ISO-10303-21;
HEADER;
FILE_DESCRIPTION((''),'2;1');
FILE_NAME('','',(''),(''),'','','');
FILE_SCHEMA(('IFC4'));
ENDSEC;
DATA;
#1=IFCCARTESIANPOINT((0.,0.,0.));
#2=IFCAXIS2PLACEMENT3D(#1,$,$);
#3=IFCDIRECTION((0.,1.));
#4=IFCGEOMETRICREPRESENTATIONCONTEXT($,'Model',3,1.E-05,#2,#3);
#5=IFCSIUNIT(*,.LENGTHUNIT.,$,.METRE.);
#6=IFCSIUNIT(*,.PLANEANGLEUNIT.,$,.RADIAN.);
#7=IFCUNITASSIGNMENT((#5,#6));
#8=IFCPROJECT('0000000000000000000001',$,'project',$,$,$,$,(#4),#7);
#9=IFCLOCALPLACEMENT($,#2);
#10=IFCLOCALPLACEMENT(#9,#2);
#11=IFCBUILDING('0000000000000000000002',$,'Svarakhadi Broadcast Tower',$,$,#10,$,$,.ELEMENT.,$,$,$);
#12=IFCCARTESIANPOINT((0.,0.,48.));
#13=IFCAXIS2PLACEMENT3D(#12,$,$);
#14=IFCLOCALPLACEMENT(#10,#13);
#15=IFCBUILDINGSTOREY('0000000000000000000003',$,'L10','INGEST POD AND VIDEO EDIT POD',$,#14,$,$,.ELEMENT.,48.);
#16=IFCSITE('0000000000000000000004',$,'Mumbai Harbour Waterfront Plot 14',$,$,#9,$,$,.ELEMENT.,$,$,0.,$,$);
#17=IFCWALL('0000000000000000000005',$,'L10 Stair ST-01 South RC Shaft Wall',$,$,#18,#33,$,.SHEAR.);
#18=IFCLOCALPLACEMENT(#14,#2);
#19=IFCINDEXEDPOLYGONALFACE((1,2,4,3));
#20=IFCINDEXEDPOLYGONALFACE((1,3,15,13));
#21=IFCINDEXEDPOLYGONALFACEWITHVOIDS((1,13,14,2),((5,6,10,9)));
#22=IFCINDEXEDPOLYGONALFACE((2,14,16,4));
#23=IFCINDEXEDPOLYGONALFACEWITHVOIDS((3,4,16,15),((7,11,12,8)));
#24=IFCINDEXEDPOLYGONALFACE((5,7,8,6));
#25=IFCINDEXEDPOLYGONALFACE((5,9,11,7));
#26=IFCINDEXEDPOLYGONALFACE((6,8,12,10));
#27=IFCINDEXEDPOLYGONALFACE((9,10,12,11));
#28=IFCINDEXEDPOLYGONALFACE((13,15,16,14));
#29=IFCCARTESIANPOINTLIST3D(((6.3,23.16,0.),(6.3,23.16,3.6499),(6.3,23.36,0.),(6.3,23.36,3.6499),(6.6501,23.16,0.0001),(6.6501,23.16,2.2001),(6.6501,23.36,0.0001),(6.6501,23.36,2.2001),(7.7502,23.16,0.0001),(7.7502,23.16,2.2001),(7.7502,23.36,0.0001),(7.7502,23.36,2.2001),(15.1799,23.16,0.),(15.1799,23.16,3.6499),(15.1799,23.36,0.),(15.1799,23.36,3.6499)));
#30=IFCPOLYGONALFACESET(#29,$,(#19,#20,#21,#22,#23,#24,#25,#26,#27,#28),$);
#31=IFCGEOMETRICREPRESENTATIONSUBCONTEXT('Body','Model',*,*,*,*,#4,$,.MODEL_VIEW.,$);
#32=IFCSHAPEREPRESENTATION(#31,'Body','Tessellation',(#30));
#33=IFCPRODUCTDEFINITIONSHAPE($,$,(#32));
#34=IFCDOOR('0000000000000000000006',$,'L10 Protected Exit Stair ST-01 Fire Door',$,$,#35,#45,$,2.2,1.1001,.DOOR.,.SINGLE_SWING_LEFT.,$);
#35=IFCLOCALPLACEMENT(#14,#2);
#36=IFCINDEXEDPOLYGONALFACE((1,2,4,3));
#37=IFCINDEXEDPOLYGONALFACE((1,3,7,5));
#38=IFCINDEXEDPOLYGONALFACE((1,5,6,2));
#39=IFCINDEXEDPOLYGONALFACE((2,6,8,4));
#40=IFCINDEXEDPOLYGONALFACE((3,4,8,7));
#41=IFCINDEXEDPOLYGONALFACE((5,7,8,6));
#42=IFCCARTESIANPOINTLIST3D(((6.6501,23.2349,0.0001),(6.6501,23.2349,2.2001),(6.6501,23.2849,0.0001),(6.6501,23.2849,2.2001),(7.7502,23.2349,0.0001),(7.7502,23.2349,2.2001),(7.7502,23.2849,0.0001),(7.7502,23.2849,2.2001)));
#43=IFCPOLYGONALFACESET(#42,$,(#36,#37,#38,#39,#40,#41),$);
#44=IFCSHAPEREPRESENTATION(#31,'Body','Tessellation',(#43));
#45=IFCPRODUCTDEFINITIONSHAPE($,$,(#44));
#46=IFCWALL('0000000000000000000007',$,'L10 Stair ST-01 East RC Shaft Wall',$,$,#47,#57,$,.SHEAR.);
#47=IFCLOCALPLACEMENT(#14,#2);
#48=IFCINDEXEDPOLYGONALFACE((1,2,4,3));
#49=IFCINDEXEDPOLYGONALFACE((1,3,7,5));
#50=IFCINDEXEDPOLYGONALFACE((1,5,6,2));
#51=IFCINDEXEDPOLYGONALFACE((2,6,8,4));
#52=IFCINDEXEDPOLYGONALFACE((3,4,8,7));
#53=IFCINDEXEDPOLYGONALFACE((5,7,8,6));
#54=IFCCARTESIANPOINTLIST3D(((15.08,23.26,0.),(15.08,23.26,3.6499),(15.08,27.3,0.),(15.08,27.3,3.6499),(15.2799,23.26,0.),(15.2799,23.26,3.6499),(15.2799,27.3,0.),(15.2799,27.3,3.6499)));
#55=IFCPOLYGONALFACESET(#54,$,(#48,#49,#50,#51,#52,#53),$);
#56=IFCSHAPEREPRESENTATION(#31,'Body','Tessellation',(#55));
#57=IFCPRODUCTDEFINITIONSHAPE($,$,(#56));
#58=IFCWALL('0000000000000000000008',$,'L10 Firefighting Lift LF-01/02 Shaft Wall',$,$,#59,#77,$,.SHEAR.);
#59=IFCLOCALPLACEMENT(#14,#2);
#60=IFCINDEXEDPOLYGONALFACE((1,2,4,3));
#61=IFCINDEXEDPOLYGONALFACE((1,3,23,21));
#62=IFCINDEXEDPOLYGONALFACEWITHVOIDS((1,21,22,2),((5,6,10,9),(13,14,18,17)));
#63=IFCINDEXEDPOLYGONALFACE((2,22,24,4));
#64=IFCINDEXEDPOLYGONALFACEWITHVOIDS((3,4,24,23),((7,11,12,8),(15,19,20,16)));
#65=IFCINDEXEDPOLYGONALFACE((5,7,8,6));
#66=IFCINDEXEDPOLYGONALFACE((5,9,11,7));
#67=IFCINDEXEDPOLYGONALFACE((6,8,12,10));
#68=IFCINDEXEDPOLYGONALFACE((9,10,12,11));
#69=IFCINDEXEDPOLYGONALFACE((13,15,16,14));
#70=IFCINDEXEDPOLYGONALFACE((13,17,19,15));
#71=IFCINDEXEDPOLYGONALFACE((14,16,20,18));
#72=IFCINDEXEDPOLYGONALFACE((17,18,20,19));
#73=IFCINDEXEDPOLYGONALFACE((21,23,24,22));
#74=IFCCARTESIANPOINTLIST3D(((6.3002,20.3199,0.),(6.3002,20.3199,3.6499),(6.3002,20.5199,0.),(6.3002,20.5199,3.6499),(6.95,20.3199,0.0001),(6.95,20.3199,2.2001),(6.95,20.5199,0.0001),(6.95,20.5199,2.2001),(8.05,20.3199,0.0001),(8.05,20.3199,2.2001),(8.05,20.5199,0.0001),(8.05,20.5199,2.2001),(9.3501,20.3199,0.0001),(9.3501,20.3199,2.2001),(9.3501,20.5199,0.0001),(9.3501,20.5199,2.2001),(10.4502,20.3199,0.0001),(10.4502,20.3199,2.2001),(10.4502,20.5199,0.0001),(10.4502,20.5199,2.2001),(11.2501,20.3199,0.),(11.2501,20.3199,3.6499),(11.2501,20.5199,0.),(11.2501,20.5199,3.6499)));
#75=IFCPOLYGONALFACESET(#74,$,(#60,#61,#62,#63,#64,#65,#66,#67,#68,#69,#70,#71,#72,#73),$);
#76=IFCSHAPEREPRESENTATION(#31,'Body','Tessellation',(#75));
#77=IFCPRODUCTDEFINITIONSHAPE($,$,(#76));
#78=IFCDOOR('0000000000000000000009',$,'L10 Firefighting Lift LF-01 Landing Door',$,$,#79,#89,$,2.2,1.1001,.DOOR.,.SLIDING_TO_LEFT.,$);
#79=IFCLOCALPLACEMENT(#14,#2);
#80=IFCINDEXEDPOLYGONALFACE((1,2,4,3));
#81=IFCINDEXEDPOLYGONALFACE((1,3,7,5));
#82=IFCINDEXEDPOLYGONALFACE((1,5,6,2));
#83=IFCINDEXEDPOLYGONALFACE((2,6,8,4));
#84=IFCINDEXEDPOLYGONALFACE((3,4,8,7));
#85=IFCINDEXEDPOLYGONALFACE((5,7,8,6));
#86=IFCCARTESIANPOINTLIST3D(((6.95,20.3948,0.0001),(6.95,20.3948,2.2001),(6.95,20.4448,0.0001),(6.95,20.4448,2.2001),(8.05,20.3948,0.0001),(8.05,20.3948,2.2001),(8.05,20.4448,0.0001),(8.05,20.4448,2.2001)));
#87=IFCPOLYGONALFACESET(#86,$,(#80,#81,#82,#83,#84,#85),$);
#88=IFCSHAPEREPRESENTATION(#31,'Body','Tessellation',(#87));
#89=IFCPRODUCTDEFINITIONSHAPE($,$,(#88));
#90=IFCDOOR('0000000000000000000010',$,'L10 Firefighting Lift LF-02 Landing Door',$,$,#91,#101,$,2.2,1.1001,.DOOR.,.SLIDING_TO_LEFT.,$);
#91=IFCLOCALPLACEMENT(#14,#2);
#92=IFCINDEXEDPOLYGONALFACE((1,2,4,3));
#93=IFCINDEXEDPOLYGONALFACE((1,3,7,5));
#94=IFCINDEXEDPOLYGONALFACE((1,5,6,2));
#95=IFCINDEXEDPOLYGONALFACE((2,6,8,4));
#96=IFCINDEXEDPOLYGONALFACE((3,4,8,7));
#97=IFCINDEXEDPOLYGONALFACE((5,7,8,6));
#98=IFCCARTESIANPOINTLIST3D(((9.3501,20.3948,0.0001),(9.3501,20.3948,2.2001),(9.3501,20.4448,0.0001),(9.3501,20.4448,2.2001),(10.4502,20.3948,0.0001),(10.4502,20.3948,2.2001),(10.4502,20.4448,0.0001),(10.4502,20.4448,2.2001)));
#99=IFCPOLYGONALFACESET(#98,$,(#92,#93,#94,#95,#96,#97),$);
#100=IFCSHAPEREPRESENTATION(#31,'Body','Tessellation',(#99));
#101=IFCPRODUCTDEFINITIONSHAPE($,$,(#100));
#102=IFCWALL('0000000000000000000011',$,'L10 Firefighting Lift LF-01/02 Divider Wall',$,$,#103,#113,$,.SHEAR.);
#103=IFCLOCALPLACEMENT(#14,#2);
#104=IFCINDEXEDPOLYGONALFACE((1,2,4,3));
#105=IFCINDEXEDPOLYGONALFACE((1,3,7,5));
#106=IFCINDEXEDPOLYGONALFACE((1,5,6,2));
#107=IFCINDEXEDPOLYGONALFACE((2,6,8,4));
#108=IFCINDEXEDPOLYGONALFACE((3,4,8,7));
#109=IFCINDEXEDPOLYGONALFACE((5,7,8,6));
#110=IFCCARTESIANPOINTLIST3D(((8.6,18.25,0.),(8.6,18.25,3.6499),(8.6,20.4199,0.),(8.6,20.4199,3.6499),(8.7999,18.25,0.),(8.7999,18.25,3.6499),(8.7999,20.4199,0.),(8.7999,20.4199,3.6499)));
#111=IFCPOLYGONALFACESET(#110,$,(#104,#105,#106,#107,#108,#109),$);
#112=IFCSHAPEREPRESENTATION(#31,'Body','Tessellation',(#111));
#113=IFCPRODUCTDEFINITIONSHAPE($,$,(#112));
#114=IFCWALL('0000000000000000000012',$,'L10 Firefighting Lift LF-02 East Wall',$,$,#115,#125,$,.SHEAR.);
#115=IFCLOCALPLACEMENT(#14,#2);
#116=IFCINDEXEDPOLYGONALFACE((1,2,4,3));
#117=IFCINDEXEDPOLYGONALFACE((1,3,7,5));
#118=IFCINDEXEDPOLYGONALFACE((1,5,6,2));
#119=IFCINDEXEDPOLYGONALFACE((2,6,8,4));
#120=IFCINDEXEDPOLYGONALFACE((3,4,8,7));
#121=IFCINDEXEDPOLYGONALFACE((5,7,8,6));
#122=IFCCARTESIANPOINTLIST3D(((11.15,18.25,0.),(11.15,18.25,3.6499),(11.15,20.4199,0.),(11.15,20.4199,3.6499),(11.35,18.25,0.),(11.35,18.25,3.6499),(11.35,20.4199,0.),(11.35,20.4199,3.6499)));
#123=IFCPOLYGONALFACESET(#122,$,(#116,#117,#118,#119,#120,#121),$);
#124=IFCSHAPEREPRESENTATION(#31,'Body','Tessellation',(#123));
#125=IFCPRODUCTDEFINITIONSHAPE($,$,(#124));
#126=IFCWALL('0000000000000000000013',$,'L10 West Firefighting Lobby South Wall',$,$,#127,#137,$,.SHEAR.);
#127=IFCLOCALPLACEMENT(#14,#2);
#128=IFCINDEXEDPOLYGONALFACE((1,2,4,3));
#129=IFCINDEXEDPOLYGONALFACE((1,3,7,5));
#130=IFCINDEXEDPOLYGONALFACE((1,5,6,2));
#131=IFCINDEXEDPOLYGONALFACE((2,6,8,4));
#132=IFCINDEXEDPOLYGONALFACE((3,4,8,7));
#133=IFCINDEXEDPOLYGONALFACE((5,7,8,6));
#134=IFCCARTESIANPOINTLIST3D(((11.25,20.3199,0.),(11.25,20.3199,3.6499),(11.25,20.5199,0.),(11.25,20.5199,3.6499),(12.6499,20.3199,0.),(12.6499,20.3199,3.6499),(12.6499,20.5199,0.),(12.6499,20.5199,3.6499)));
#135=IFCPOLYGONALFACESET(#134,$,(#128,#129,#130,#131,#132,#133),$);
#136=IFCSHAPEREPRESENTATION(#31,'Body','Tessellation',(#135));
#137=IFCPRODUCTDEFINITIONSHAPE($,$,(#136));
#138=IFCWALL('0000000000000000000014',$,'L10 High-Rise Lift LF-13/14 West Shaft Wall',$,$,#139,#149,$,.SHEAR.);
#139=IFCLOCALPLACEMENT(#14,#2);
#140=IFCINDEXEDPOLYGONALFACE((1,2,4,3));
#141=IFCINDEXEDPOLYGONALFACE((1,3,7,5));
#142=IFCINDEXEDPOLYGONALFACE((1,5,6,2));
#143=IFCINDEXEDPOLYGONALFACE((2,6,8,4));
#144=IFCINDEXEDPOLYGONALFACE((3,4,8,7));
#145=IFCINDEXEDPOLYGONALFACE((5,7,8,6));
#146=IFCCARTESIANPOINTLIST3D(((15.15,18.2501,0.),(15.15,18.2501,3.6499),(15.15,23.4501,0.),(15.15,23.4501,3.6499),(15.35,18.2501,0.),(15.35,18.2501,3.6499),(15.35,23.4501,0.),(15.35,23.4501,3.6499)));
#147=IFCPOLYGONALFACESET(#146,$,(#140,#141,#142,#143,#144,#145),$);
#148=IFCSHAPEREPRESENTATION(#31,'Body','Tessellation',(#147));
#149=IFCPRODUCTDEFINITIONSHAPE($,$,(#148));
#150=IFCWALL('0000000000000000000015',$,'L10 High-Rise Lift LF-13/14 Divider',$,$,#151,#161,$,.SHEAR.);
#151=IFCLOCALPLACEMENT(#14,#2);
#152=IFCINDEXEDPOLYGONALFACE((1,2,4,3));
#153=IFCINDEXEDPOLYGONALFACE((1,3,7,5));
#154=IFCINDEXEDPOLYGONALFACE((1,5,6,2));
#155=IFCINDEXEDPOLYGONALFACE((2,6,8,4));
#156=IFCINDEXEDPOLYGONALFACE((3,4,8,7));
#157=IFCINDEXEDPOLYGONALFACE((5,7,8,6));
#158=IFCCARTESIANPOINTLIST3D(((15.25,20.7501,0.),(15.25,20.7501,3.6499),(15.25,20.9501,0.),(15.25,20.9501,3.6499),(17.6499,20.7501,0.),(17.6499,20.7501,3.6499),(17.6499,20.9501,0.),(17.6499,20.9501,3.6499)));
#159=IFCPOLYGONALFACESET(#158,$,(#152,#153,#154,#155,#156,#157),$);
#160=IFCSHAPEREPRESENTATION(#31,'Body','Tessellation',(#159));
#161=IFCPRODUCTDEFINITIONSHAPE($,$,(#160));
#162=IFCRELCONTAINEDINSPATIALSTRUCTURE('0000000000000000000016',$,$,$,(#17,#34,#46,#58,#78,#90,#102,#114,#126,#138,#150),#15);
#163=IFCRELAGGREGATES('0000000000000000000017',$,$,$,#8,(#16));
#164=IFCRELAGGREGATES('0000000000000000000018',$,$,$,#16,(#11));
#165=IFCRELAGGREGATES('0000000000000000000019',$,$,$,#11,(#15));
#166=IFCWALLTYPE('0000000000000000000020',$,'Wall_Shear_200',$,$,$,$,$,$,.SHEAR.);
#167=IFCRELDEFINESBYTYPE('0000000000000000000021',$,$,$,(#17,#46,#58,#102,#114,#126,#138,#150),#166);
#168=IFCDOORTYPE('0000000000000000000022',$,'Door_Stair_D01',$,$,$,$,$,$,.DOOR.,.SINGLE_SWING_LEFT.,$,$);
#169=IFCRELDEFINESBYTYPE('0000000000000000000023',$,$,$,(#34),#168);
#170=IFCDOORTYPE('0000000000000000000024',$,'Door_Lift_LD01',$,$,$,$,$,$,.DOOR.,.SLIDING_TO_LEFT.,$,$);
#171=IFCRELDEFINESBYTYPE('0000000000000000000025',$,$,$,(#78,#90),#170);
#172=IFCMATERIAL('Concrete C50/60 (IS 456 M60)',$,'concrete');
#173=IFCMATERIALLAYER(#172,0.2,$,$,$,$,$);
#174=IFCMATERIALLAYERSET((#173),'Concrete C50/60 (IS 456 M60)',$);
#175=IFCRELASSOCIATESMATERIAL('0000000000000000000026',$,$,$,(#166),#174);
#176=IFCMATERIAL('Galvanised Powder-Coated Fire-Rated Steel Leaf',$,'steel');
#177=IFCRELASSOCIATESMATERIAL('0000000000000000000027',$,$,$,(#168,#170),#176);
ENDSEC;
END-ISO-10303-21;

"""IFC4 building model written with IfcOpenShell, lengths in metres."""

from ifc_helpers import new_model, si_unit, direction, frame, frame_2d, origin, place, context, subcontext, project, spatial, rectangle, extrude, material, layer, layer_set, type_object, element, fill, save


model = new_model("IFC4")

# Units and contexts
model_context = context("Model", 3, precision=1e-05, world=origin(), true_north=direction((0.0, 1.0)))
body_context = subcontext(model_context, "Body", "Model", "MODEL_VIEW")
ifc_project = project(units=[si_unit("LENGTHUNIT", "METRE"), si_unit("PLANEANGLEUNIT", "RADIAN")], contexts=[model_context])

# Site, building, storey
site_placement = place(None, origin())
site = spatial("IfcSite", under=ifc_project, at=site_placement, Name="Mumbai Harbour Waterfront Plot 14", CompositionType="ELEMENT", RefElevation=0.0)
building_placement = place(site_placement, origin())
building = spatial("IfcBuilding", under=site, at=building_placement, Name="Svarakhadi Broadcast Tower", CompositionType="ELEMENT")
storey_placement = place(building_placement, frame((0.0, 0.0, 48.0)))
storey = spatial("IfcBuildingStorey", under=building, at=storey_placement, Name="L10", Description="INGEST POD AND VIDEO EDIT POD", CompositionType="ELEMENT", Elevation=48.0)

# Shared definitions
ifc_material_1 = material(Name="Concrete C50/60 (IS 456 M60)", Category="concrete")

# Wall, opening, door
ifc_layer_1 = layer(ifc_material_1, 0.2)
ifc_layer_set_1 = layer_set([ifc_layer_1], Name="Concrete C50/60 (IS 456 M60)")
wall_type_1 = type_object("IfcWallType", Name="Wall_Shear_200", PredefinedType="SHEAR", material=ifc_layer_set_1)
wall_1_placement = place(storey_placement, frame((6.3, 23.26, 0.0), z_axis=(0.0, 0.0, 1.0), x_axis=(1.0, 0.0, 0.0)))
wall_1 = element("IfcWall", 1, at=wall_1_placement, inside=storey, type_object=wall_type_1, Name="L10 Stair ST-01 South RC Shaft Wall", PredefinedType="SHEAR", context=body_context, shape_type="SweptSolid", body=[
    extrude(rectangle(XDim=8.8799, YDim=0.2, at=frame_2d((4.4399, 0.0))), origin(), (0.0, 0.0, 1.0), 3.6499),
])
opening_1_placement = place(wall_1_placement, frame((0.3501, 0.0, 0.0)))
opening_1 = element("IfcOpeningElement", 2, at=opening_1_placement, cuts=wall_1, PredefinedType="OPENING", context=body_context, shape_type="SweptSolid", body=[
    extrude(rectangle(XDim=1.1001, YDim=2.2, at=frame_2d((0.55, 1.1001))), frame((0.0, 0.1099, 0.0), z_axis=(0.0, -1.0, 0.0), x_axis=(1.0, 0.0, 0.0)), (0.0, 0.0, 1.0), 0.22),
])
ifc_material_2 = material(Name="Galvanised Powder-Coated Fire-Rated Steel Leaf", Category="steel")
door_type_1 = type_object("IfcDoorType", Name="Door_Stair_D01", OperationType="SINGLE_SWING_LEFT", PredefinedType="DOOR", material=ifc_material_2)
door_1_placement = place(opening_1_placement, origin())
door_1 = element("IfcDoor", 3, at=door_1_placement, inside=storey, type_object=door_type_1, Name="L10 Protected Exit Stair ST-01 Fire Door", OperationType="SINGLE_SWING_LEFT", OverallHeight=2.2, OverallWidth=1.1001, PredefinedType="DOOR", context=body_context, shape_type="SweptSolid", body=[
    extrude(rectangle(XDim=1.1001, YDim=2.2, at=frame_2d((0.55, 1.1001))), frame((0.0, 0.0249, 0.0), z_axis=(0.0, -1.0, 0.0), x_axis=(1.0, 0.0, 0.0)), (0.0, 0.0, 1.0), 0.05),
])
fill(opening_1, door_1)

# Wall
wall_2_placement = place(storey_placement, frame((15.1799, 23.26, 0.0), z_axis=(0.0, 0.0, 1.0), x_axis=(0.0, 1.0, 0.0)))
element("IfcWall", 4, at=wall_2_placement, inside=storey, type_object=wall_type_1, Name="L10 Stair ST-01 East RC Shaft Wall", PredefinedType="SHEAR", context=body_context, shape_type="SweptSolid", body=[
    extrude(rectangle(XDim=4.04, YDim=0.2, at=frame_2d((2.02, 0.0))), origin(), (0.0, 0.0, 1.0), 3.6499),
])

# Wall, openings, doors
wall_3_placement = place(storey_placement, frame((6.3, 20.4199, 0.0), z_axis=(0.0, 0.0, 1.0), x_axis=(1.0, 0.0, 0.0)))
wall_3 = element("IfcWall", 5, at=wall_3_placement, inside=storey, type_object=wall_type_1, Name="L10 Firefighting Lift LF-01/02 Shaft Wall", PredefinedType="SHEAR", context=body_context, shape_type="SweptSolid", body=[
    extrude(rectangle(XDim=4.95, YDim=0.2, at=frame_2d((2.4751, 0.0))), origin(), (0.0, 0.0, 1.0), 3.6499),
])
opening_2_placement = place(wall_3_placement, frame((0.6499, 0.0, 0.0)))
opening_2 = element("IfcOpeningElement", 6, at=opening_2_placement, cuts=wall_3, PredefinedType="OPENING", context=body_context, shape_type="SweptSolid", body=[
    extrude(rectangle(XDim=1.1001, YDim=2.2, at=frame_2d((0.55, 1.1001))), frame((0.0, 0.1099, 0.0), z_axis=(0.0, -1.0, 0.0), x_axis=(1.0, 0.0, 0.0)), (0.0, 0.0, 1.0), 0.22),
])
opening_3_placement = place(wall_3_placement, frame((3.05, 0.0, 0.0)))
opening_3 = element("IfcOpeningElement", 7, at=opening_3_placement, cuts=wall_3, PredefinedType="OPENING", context=body_context, shape_type="SweptSolid", body=[
    extrude(rectangle(XDim=1.1001, YDim=2.2, at=frame_2d((0.55, 1.1001))), frame((0.0, 0.1099, 0.0), z_axis=(0.0, -1.0, 0.0), x_axis=(1.0, 0.0, 0.0)), (0.0, 0.0, 1.0), 0.22),
])
door_type_2 = type_object("IfcDoorType", Name="Door_Lift_LD01", OperationType="SLIDING_TO_LEFT", PredefinedType="DOOR", material=ifc_material_2)
door_2_placement = place(opening_2_placement, origin())
door_2 = element("IfcDoor", 8, at=door_2_placement, inside=storey, type_object=door_type_2, Name="L10 Firefighting Lift LF-01 Landing Door", OperationType="SLIDING_TO_LEFT", OverallHeight=2.2, OverallWidth=1.1001, PredefinedType="DOOR", context=body_context, shape_type="SweptSolid", body=[
    extrude(rectangle(XDim=1.1001, YDim=2.2, at=frame_2d((0.55, 1.1001))), frame((0.0, 0.0249, 0.0), z_axis=(0.0, -1.0, 0.0), x_axis=(1.0, 0.0, 0.0)), (0.0, 0.0, 1.0), 0.05),
])
fill(opening_2, door_2)
door_3_placement = place(opening_3_placement, origin())
door_3 = element("IfcDoor", 9, at=door_3_placement, inside=storey, type_object=door_type_2, Name="L10 Firefighting Lift LF-02 Landing Door", OperationType="SLIDING_TO_LEFT", OverallHeight=2.2, OverallWidth=1.1001, PredefinedType="DOOR", context=body_context, shape_type="SweptSolid", body=[
    extrude(rectangle(XDim=1.1001, YDim=2.2, at=frame_2d((0.55, 1.1001))), frame((0.0, 0.0249, 0.0), z_axis=(0.0, -1.0, 0.0), x_axis=(1.0, 0.0, 0.0)), (0.0, 0.0, 1.0), 0.05),
])
fill(opening_3, door_3)

# Walls
for number, where, z_axis, x_axis, name in (
    (10, (8.7, 18.25, 0.0), (0.0, 0.0, 1.0), (0.0, 1.0, 0.0), "L10 Firefighting Lift LF-01/02 Divider Wall"),
    (11, (11.25, 18.25, 0.0), (0.0, 0.0, 1.0), (0.0, 1.0, 0.0), "L10 Firefighting Lift LF-02 East Wall"),
):
    element("IfcWall", number, at=place(storey_placement, frame(where, z_axis=z_axis, x_axis=x_axis)), inside=storey, type_object=wall_type_1, Name=name, PredefinedType="SHEAR", context=body_context, shape_type="SweptSolid", body=[
        extrude(rectangle(XDim=2.1699, YDim=0.2, at=frame_2d((1.085, 0.0))), origin(), (0.0, 0.0, 1.0), 3.6499),
    ])
wall_4_placement = place(storey_placement, frame((11.25, 20.4199, 0.0), z_axis=(0.0, 0.0, 1.0), x_axis=(1.0, 0.0, 0.0)))
element("IfcWall", 12, at=wall_4_placement, inside=storey, type_object=wall_type_1, Name="L10 West Firefighting Lobby South Wall", PredefinedType="SHEAR", context=body_context, shape_type="SweptSolid", body=[
    extrude(rectangle(XDim=1.3999, YDim=0.2, at=frame_2d((0.7, 0.0))), origin(), (0.0, 0.0, 1.0), 3.6499),
])

# Walls
wall_5_placement = place(storey_placement, frame((15.25, 18.25, 0.0), z_axis=(0.0, 0.0, 1.0), x_axis=(0.0, 1.0, 0.0)))
element("IfcWall", 13, at=wall_5_placement, inside=storey, type_object=wall_type_1, Name="L10 High-Rise Lift LF-13/14 West Shaft Wall", PredefinedType="SHEAR", context=body_context, shape_type="SweptSolid", body=[
    extrude(rectangle(XDim=5.2, YDim=0.2, at=frame_2d((2.6001, 0.0))), origin(), (0.0, 0.0, 1.0), 3.6499),
])
wall_6_placement = place(storey_placement, frame((15.25, 20.8501, 0.0), z_axis=(0.0, 0.0, 1.0), x_axis=(1.0, 0.0, 0.0)))
element("IfcWall", 14, at=wall_6_placement, inside=storey, type_object=wall_type_1, Name="L10 High-Rise Lift LF-13/14 Divider", PredefinedType="SHEAR", context=body_context, shape_type="SweptSolid", body=[
    extrude(rectangle(XDim=2.3999, YDim=0.2, at=frame_2d((1.2, 0.0))), origin(), (0.0, 0.0, 1.0), 3.6499),
])

save(model, "model.ifc")
